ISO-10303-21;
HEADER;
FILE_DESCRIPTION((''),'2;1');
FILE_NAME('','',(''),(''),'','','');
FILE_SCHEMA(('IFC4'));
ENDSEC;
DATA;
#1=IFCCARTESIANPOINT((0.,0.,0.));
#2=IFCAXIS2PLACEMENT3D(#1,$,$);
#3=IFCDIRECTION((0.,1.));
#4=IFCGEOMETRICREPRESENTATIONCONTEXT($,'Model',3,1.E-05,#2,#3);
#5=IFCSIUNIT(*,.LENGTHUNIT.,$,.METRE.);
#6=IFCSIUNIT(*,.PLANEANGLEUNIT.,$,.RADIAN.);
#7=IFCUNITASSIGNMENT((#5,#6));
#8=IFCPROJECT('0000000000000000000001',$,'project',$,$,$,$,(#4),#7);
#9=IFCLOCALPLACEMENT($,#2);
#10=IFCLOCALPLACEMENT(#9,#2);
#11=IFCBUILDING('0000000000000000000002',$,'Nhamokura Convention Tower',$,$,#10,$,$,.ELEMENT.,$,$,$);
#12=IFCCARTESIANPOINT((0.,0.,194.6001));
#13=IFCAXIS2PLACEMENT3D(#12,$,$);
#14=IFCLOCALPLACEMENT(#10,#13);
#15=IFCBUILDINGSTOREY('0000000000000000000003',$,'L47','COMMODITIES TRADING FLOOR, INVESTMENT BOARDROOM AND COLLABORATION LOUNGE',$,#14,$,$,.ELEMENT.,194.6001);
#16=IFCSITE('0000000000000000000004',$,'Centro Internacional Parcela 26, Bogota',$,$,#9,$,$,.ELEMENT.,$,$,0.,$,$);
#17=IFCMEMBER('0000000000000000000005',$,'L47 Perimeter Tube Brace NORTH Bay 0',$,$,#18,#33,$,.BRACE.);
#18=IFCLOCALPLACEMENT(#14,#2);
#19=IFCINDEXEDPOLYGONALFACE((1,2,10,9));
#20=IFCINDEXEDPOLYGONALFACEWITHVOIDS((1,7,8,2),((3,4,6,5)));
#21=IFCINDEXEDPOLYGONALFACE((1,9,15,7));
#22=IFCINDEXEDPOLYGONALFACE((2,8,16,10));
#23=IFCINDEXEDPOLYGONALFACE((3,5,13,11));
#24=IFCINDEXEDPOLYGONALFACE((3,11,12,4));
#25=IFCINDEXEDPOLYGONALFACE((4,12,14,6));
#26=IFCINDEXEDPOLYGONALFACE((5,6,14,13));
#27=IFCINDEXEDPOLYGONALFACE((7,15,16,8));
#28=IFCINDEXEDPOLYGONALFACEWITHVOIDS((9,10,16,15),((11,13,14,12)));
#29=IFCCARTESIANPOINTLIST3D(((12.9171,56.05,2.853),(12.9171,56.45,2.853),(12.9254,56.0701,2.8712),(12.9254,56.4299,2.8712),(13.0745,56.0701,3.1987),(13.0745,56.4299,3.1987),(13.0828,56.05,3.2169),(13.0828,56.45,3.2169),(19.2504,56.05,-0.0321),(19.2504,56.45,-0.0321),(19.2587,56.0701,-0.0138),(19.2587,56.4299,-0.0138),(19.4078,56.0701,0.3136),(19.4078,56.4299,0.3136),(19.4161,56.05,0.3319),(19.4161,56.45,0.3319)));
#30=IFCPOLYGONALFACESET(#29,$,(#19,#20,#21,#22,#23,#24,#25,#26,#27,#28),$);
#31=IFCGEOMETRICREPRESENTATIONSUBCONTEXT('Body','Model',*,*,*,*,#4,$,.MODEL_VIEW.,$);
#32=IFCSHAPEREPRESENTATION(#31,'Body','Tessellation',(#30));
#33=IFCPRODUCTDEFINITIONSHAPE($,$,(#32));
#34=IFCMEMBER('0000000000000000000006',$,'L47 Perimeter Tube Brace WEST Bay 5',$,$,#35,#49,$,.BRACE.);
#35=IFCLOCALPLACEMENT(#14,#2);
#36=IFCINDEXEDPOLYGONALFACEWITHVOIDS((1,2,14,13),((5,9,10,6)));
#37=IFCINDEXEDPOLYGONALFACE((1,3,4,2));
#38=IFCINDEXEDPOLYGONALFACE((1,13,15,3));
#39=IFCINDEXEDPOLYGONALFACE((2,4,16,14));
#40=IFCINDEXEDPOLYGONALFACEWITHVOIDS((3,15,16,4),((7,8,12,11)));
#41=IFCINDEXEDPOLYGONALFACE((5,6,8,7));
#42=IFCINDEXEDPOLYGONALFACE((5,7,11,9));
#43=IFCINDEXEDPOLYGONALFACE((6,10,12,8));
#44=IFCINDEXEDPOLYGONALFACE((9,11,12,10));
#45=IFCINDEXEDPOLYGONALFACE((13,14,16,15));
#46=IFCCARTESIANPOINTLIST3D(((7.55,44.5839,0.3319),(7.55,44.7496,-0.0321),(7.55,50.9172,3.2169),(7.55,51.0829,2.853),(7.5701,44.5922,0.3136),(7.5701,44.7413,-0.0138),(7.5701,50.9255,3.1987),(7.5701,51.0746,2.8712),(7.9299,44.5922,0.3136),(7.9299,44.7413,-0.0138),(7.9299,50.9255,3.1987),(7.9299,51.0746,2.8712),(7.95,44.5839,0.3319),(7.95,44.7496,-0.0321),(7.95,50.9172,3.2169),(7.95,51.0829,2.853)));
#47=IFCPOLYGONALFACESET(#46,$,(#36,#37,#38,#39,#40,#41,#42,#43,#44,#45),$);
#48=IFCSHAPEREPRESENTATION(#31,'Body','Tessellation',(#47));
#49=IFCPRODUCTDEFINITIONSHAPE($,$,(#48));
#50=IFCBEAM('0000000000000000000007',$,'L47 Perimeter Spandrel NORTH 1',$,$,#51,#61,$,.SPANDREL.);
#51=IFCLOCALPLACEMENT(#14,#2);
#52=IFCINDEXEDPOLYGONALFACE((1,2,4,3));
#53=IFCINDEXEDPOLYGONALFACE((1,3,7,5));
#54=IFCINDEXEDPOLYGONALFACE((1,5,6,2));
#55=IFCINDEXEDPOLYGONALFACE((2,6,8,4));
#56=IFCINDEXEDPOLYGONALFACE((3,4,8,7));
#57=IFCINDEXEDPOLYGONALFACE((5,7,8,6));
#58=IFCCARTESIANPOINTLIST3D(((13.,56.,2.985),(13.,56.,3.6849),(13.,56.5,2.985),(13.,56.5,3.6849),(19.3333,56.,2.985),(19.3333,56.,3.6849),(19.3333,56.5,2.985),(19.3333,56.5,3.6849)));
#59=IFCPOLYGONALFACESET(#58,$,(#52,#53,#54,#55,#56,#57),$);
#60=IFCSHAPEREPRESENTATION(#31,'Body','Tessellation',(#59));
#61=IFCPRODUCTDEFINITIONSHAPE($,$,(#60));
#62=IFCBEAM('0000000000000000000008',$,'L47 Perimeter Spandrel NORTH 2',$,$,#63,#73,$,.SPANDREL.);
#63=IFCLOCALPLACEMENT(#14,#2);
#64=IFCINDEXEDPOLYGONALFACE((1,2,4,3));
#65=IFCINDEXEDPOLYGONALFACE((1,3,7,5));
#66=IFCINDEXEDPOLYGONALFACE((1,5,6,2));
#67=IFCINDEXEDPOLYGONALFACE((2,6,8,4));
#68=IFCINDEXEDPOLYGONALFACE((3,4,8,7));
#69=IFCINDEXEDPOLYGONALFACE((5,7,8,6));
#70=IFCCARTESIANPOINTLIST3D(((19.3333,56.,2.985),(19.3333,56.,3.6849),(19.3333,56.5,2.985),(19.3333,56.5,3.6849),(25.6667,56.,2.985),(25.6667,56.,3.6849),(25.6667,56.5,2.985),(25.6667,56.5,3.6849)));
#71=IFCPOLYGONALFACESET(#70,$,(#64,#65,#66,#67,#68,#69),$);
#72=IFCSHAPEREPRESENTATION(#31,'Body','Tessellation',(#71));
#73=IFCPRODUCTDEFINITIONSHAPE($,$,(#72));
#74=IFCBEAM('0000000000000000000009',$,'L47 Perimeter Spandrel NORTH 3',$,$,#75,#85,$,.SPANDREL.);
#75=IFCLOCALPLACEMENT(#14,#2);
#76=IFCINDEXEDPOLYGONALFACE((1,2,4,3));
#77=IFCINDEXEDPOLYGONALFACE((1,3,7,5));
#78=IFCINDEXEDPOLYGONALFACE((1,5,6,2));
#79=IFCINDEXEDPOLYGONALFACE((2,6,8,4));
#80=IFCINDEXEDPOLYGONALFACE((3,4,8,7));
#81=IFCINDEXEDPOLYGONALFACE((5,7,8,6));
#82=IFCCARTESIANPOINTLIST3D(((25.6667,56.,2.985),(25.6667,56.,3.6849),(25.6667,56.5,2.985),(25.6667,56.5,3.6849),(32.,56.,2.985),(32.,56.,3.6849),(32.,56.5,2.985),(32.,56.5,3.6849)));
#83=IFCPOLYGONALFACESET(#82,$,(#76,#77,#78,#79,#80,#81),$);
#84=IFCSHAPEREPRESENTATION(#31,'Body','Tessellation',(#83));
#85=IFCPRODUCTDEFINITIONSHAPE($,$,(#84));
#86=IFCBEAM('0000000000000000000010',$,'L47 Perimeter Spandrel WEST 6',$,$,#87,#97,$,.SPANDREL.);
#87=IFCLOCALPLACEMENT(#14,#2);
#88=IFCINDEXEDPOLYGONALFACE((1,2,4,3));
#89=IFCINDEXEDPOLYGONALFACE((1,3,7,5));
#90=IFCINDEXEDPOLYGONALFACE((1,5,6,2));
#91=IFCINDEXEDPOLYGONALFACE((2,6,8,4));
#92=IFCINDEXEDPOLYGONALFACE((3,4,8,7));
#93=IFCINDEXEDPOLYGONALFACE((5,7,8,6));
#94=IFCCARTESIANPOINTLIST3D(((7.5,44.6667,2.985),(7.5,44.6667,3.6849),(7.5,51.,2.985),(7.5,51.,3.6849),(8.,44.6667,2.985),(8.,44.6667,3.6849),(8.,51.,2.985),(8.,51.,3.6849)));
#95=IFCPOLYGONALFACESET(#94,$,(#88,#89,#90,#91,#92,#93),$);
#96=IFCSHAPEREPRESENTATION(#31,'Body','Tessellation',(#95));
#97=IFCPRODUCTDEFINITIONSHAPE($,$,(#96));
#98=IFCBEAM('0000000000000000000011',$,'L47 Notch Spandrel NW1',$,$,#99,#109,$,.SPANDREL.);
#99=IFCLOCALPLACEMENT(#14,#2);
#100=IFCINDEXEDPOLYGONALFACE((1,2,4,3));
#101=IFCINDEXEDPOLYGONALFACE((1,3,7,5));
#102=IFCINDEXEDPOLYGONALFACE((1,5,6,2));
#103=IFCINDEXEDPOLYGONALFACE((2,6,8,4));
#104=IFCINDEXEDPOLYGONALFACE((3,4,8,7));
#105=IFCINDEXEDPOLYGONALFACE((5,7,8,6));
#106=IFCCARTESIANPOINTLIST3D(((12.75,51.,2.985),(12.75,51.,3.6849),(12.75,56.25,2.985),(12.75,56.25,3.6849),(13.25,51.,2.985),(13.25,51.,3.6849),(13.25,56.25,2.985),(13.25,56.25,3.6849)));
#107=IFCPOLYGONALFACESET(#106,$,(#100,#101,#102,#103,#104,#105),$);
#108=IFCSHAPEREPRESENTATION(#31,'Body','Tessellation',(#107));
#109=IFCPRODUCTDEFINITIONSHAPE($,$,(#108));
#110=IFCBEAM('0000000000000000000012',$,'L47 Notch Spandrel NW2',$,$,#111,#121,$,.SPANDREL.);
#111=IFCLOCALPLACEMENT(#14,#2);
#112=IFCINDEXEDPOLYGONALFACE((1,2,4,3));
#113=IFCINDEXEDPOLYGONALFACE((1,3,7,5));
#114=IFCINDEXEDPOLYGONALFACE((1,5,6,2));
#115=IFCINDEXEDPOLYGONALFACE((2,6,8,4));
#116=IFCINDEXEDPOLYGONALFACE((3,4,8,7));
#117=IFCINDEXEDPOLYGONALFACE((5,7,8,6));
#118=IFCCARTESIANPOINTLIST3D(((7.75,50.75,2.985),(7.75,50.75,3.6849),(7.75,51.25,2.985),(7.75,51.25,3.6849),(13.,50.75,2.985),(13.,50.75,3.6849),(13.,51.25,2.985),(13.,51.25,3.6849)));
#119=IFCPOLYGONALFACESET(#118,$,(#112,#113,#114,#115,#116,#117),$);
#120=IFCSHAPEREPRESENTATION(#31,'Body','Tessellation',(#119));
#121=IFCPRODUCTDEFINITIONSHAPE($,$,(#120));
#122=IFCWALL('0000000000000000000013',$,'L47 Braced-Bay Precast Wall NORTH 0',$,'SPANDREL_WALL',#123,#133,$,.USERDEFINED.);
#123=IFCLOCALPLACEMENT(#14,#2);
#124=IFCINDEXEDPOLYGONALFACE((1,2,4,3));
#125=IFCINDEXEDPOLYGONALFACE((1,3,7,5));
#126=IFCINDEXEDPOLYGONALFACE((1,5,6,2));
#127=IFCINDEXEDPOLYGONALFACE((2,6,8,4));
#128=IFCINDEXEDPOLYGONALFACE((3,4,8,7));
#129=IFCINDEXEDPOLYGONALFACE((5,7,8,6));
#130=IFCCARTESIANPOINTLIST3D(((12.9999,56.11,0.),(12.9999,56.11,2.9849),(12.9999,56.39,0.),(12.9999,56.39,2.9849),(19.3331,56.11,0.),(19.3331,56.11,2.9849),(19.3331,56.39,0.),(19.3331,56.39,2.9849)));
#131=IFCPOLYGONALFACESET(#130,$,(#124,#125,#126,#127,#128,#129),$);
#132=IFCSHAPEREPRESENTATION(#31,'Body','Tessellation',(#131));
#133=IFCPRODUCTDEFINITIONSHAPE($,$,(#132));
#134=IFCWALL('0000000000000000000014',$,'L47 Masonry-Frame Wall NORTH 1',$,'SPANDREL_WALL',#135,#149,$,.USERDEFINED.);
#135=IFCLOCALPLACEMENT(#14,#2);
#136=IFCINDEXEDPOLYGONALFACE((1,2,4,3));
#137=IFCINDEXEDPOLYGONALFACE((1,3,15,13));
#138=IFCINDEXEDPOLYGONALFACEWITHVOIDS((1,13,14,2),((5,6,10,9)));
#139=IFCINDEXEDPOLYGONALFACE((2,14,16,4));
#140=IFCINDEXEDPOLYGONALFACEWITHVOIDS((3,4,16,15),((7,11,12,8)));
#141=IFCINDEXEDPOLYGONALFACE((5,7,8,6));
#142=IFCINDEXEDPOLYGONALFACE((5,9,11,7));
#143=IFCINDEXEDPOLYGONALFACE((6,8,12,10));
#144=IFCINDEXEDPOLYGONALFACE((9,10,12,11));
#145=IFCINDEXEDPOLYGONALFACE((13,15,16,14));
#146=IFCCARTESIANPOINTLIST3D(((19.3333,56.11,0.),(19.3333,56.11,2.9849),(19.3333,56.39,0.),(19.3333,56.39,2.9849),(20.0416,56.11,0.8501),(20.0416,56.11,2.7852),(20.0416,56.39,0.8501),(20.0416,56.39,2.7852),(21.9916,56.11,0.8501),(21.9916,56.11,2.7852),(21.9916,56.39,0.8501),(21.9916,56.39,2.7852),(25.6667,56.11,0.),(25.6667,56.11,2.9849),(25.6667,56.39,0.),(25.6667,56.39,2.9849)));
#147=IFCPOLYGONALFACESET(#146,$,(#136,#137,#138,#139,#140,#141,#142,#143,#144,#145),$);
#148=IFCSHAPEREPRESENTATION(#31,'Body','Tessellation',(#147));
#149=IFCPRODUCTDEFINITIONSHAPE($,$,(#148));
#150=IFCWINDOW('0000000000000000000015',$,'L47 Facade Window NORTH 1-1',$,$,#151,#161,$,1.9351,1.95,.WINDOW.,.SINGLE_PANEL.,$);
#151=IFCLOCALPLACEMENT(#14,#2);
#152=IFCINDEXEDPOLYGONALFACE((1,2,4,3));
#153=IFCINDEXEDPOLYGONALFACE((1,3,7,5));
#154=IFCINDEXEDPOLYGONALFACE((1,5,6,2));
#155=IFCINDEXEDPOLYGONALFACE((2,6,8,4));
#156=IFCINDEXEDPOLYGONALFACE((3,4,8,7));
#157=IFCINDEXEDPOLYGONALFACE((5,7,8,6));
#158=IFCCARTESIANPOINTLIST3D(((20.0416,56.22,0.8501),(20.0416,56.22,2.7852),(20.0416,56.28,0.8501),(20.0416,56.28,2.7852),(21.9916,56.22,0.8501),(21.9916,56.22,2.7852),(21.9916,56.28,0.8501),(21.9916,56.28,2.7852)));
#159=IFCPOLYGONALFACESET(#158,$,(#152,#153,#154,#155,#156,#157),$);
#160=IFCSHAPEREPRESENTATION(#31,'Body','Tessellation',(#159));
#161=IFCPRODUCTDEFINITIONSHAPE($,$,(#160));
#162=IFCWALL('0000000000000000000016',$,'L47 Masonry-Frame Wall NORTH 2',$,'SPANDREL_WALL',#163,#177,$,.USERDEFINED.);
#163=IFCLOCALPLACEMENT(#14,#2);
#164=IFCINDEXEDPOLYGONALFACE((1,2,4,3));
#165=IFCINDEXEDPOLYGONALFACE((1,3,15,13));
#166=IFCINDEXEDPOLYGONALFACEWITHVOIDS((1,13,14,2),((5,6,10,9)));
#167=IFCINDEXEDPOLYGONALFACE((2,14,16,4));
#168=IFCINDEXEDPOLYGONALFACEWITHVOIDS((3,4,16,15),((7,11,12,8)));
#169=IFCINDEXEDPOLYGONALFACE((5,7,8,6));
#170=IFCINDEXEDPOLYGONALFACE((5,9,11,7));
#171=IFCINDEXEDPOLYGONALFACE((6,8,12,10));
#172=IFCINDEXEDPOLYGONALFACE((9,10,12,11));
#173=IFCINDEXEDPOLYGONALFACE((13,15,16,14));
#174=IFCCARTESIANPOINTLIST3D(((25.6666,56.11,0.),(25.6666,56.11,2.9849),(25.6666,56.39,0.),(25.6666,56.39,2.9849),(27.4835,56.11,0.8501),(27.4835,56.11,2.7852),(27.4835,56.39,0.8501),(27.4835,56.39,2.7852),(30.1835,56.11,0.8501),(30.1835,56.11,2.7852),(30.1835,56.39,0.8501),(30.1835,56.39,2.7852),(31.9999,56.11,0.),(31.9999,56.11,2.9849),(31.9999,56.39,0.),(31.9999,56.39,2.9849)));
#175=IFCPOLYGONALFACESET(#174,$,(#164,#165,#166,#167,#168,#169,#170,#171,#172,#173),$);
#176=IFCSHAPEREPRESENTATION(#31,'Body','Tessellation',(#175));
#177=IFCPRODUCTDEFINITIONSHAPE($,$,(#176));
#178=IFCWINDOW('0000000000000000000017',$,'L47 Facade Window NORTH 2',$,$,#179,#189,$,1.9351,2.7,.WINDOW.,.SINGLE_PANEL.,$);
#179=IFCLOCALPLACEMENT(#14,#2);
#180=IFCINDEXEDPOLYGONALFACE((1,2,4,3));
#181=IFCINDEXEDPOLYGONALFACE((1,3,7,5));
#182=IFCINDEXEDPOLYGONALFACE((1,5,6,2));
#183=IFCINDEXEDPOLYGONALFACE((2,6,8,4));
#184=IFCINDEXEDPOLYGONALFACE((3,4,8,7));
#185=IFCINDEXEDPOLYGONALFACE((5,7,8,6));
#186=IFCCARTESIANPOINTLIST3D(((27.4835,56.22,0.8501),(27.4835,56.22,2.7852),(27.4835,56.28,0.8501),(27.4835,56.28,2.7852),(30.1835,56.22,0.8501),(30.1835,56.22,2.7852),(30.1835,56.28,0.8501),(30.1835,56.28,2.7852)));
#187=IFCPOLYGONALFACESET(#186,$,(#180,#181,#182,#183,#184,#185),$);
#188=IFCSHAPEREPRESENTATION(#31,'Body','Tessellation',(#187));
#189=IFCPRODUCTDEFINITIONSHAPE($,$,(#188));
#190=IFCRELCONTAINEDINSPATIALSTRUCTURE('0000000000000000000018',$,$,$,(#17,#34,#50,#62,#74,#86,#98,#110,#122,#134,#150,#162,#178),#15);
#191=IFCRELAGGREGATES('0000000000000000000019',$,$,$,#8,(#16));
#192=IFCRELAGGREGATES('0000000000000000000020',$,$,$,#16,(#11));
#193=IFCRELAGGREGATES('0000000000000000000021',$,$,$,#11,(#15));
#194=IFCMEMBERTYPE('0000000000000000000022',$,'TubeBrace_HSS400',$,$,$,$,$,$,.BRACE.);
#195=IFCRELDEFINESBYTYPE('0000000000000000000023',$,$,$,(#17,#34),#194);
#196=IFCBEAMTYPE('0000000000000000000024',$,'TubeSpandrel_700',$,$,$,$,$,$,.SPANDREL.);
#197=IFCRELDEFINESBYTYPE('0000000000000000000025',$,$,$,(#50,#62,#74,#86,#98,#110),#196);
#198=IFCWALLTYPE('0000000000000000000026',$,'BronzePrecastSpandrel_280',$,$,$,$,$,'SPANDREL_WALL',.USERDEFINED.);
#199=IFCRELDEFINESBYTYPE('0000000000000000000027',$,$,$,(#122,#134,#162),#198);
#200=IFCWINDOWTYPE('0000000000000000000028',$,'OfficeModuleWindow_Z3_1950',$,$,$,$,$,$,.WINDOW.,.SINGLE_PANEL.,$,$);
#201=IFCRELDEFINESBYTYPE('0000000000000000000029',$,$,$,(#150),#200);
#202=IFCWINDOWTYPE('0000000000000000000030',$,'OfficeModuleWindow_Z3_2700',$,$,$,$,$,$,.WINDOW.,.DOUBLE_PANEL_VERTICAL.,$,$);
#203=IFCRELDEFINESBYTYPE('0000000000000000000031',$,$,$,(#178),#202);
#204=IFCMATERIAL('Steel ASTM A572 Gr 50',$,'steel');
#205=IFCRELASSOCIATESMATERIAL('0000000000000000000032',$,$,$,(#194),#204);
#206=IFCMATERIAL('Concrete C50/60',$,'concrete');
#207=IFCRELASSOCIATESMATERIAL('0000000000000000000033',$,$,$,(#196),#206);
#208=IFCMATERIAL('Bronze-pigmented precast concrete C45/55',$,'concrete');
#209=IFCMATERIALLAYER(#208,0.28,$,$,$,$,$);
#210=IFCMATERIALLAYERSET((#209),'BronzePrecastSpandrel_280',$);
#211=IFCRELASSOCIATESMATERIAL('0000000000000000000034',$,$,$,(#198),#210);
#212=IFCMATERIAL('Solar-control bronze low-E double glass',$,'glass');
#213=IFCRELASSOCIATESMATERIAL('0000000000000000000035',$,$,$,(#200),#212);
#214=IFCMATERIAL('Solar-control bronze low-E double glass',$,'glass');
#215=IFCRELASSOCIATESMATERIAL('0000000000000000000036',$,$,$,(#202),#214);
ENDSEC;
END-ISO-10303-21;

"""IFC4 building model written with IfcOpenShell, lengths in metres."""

from ifc_helpers import new_model, si_unit, direction, frame, frame_2d, origin, origin_2d, place, context, subcontext, project, spatial, rectangle, hollow_rectangle, extrude, material, layer, layer_set, material_profile, profile_set, type_object, element, fill, save


model = new_model("IFC4")

# Units and contexts
model_context = context("Model", 3, precision=1e-05, world=origin(), true_north=direction((0.0, 1.0)))
body_context = subcontext(model_context, "Body", "Model", "MODEL_VIEW")
ifc_project = project(units=[si_unit("LENGTHUNIT", "METRE"), si_unit("PLANEANGLEUNIT", "RADIAN")], contexts=[model_context])

# Site, building, storey
site_placement = place(None, origin())
site = spatial("IfcSite", under=ifc_project, at=site_placement, Name="Centro Internacional Parcela 26, Bogota", CompositionType="ELEMENT", RefElevation=0.0)
building_placement = place(site_placement, origin())
building = spatial("IfcBuilding", under=site, at=building_placement, Name="Nhamokura Convention Tower", CompositionType="ELEMENT")
storey_placement = place(building_placement, frame((0.0, 0.0, 194.6001)))
storey = spatial("IfcBuildingStorey", under=building, at=storey_placement, Name="L47", Description="COMMODITIES TRADING FLOOR, INVESTMENT BOARDROOM AND COLLABORATION LOUNGE", CompositionType="ELEMENT", Elevation=194.6001)

# Members
ifc_material_1 = material(Name="Steel ASTM A572 Gr 50", Category="steel")
ifc_material_profile_1 = material_profile(ifc_material_1, hollow_rectangle(XDim=0.3999, YDim=0.3999, WallThickness=0.02, at=origin_2d()))
ifc_profile_set_1 = profile_set([ifc_material_profile_1], Name="Steel ASTM A572 Gr 50")
member_type_1 = type_object("IfcMemberType", Name="TubeBrace_HSS400", PredefinedType="BRACE", material=ifc_profile_set_1)
for number, where, z_axis, x_axis, name in (
    (1, (19.3333, 56.25, 0.1499), (-0.910027, 0.0, 0.414548), (0.0, -1.0, 0.0), "L47 Perimeter Tube Brace NORTH Bay 0"),
    (2, (7.75, 44.6667, 0.1499), (0.0, 0.910027, 0.414548), (-1.0, 0.0, 0.0), "L47 Perimeter Tube Brace WEST Bay 5"),
):
    element("IfcMember", number, at=place(storey_placement, frame(where, z_axis=z_axis, x_axis=x_axis)), inside=storey, type_object=member_type_1, Name=name, PredefinedType="BRACE", context=body_context, shape_type="SweptSolid", body=[
        extrude(hollow_rectangle(XDim=0.3999, YDim=0.3999, WallThickness=0.02, at=origin_2d()), origin(), (0.0, 0.0, 1.0), 6.9595),
    ])

# Beams
ifc_material_2 = material(Name="Concrete C50/60", Category="concrete")
ifc_material_profile_2 = material_profile(ifc_material_2, rectangle(XDim=0.5, YDim=0.7, at=origin_2d()))
ifc_profile_set_2 = profile_set([ifc_material_profile_2], Name="Concrete C50/60")
beam_type_1 = type_object("IfcBeamType", Name="TubeSpandrel_700", PredefinedType="SPANDREL", material=ifc_profile_set_2)
beam_1_placement = place(storey_placement, frame((13.0, 56.25, 3.335), z_axis=(1.0, 0.0, 0.0), x_axis=(0.0, 1.0, 0.0)))
element("IfcBeam", 3, at=beam_1_placement, inside=storey, type_object=beam_type_1, Name="L47 Perimeter Spandrel NORTH 1", PredefinedType="SPANDREL", context=body_context, shape_type="SweptSolid", body=[
    extrude(rectangle(XDim=0.5, YDim=0.7, at=origin_2d()), origin(), (0.0, 0.0, 1.0), 6.3333),
])
beam_2_placement = place(storey_placement, frame((19.3333, 56.25, 3.335), z_axis=(1.0, 0.0, 0.0), x_axis=(0.0, 1.0, 0.0)))
element("IfcBeam", 4, at=beam_2_placement, inside=storey, type_object=beam_type_1, Name="L47 Perimeter Spandrel NORTH 2", PredefinedType="SPANDREL", context=body_context, shape_type="SweptSolid", body=[
    extrude(rectangle(XDim=0.5, YDim=0.7, at=origin_2d()), origin(), (0.0, 0.0, 1.0), 6.3335),
])
for number, where, z_axis, x_axis, name in (
    (5, (25.6667, 56.25, 3.335), (1.0, 0.0, 0.0), (0.0, 1.0, 0.0), "L47 Perimeter Spandrel NORTH 3"),
    (6, (7.75, 44.6667, 3.335), (0.0, 1.0, 0.0), (-1.0, 0.0, 0.0), "L47 Perimeter Spandrel WEST 6"),
):
    element("IfcBeam", number, at=place(storey_placement, frame(where, z_axis=z_axis, x_axis=x_axis)), inside=storey, type_object=beam_type_1, Name=name, PredefinedType="SPANDREL", context=body_context, shape_type="SweptSolid", body=[
        extrude(rectangle(XDim=0.5, YDim=0.7, at=origin_2d()), origin(), (0.0, 0.0, 1.0), 6.3333),
    ])
for number, where, z_axis, x_axis, name in (
    (7, (13.0, 56.25, 3.335), (0.0, -1.0, 0.0), (1.0, 0.0, 0.0), "L47 Notch Spandrel NW1"),
    (8, (13.0, 51.0, 3.335), (-1.0, 0.0, 0.0), (0.0, -1.0, 0.0), "L47 Notch Spandrel NW2"),
):
    element("IfcBeam", number, at=place(storey_placement, frame(where, z_axis=z_axis, x_axis=x_axis)), inside=storey, type_object=beam_type_1, Name=name, PredefinedType="SPANDREL", context=body_context, shape_type="SweptSolid", body=[
        extrude(rectangle(XDim=0.5, YDim=0.7, at=origin_2d()), origin(), (0.0, 0.0, 1.0), 5.25),
    ])

# Wall
ifc_material_3 = material(Name="Bronze-pigmented precast concrete C45/55", Category="concrete")
ifc_layer_1 = layer(ifc_material_3, 0.28)
ifc_layer_set_1 = layer_set([ifc_layer_1], Name="BronzePrecastSpandrel_280")
wall_type_1 = type_object("IfcWallType", Name="BronzePrecastSpandrel_280", ElementType="SPANDREL_WALL", PredefinedType="USERDEFINED", material=ifc_layer_set_1)
wall_1_placement = place(storey_placement, frame((13.0, 56.25, 0.0), z_axis=(0.0, 0.0, 1.0), x_axis=(1.0, 0.0, 0.0)))
element("IfcWall", 9, at=wall_1_placement, inside=storey, type_object=wall_type_1, Name="L47 Braced-Bay Precast Wall NORTH 0", ObjectType="SPANDREL_WALL", PredefinedType="USERDEFINED", context=body_context, shape_type="SweptSolid", body=[
    extrude(rectangle(XDim=6.3333, YDim=0.28, at=frame_2d((3.1665, 0.0))), origin(), (0.0, 0.0, 1.0), 2.9849),
])

# Walls, openings, windows
wall_2_placement = place(storey_placement, frame((19.3333, 56.25, 0.0), z_axis=(0.0, 0.0, 1.0), x_axis=(1.0, 0.0, 0.0)))
wall_2 = element("IfcWall", 10, at=wall_2_placement, inside=storey, type_object=wall_type_1, Name="L47 Masonry-Frame Wall NORTH 1", ObjectType="SPANDREL_WALL", PredefinedType="USERDEFINED", context=body_context, shape_type="SweptSolid", body=[
    extrude(rectangle(XDim=6.3335, YDim=0.28, at=frame_2d((3.1667, 0.0))), origin(), (0.0, 0.0, 1.0), 2.9849),
])
opening_1_placement = place(wall_2_placement, frame((0.7083, 0.0, 0.8501)))
opening_1 = element("IfcOpeningElement", 11, at=opening_1_placement, cuts=wall_2, PredefinedType="OPENING", context=body_context, shape_type="SweptSolid", body=[
    extrude(rectangle(XDim=1.95, YDim=1.9351, at=frame_2d((0.9751, 0.9675))), frame((0.0, 0.1499, 0.0), z_axis=(0.0, -1.0, 0.0), x_axis=(1.0, 0.0, 0.0)), (0.0, 0.0, 1.0), 0.3),
])
ifc_material_4 = material(Name="Solar-control bronze low-E double glass", Category="glass")
window_type_1 = type_object("IfcWindowType", Name="OfficeModuleWindow_Z3_1950", PartitioningType="SINGLE_PANEL", PredefinedType="WINDOW", material=ifc_material_4)
window_1_placement = place(opening_1_placement, origin())
window_1 = element("IfcWindow", 12, at=window_1_placement, inside=storey, type_object=window_type_1, Name="L47 Facade Window NORTH 1-1", OverallHeight=1.9351, OverallWidth=1.95, PartitioningType="SINGLE_PANEL", PredefinedType="WINDOW", context=body_context, shape_type="SweptSolid", body=[
    extrude(rectangle(XDim=1.95, YDim=1.9351, at=frame_2d((0.9751, 0.9675))), frame((0.0, 0.03, 0.0), z_axis=(0.0, -1.0, 0.0), x_axis=(1.0, 0.0, 0.0)), (0.0, 0.0, 1.0), 0.0601),
])
fill(opening_1, window_1)
wall_3_placement = place(storey_placement, frame((25.6667, 56.25, 0.0), z_axis=(0.0, 0.0, 1.0), x_axis=(1.0, 0.0, 0.0)))
wall_3 = element("IfcWall", 13, at=wall_3_placement, inside=storey, type_object=wall_type_1, Name="L47 Masonry-Frame Wall NORTH 2", ObjectType="SPANDREL_WALL", PredefinedType="USERDEFINED", context=body_context, shape_type="SweptSolid", body=[
    extrude(rectangle(XDim=6.3333, YDim=0.28, at=frame_2d((3.1665, 0.0))), origin(), (0.0, 0.0, 1.0), 2.9849),
])
opening_2_placement = place(wall_3_placement, frame((1.8167, 0.0, 0.8501)))
opening_2 = element("IfcOpeningElement", 14, at=opening_2_placement, cuts=wall_3, PredefinedType="OPENING", context=body_context, shape_type="SweptSolid", body=[
    extrude(rectangle(XDim=2.7, YDim=1.9351, at=frame_2d((1.3501, 0.9675))), frame((0.0, 0.1499, 0.0), z_axis=(0.0, -1.0, 0.0), x_axis=(1.0, 0.0, 0.0)), (0.0, 0.0, 1.0), 0.3),
])
ifc_material_5 = material(Name="Solar-control bronze low-E double glass", Category="glass")
window_type_2 = type_object("IfcWindowType", Name="OfficeModuleWindow_Z3_2700", PartitioningType="DOUBLE_PANEL_VERTICAL", PredefinedType="WINDOW", material=ifc_material_5)
window_2_placement = place(opening_2_placement, origin())
window_2 = element("IfcWindow", 15, at=window_2_placement, inside=storey, type_object=window_type_2, Name="L47 Facade Window NORTH 2", OverallHeight=1.9351, OverallWidth=2.7, PartitioningType="SINGLE_PANEL", PredefinedType="WINDOW", context=body_context, shape_type="SweptSolid", body=[
    extrude(rectangle(XDim=2.7, YDim=1.9351, at=frame_2d((1.3501, 0.9675))), frame((0.0, 0.03, 0.0), z_axis=(0.0, -1.0, 0.0), x_axis=(1.0, 0.0, 0.0)), (0.0, 0.0, 1.0), 0.0601),
])
fill(opening_2, window_2)

save(model, "model.ifc")
